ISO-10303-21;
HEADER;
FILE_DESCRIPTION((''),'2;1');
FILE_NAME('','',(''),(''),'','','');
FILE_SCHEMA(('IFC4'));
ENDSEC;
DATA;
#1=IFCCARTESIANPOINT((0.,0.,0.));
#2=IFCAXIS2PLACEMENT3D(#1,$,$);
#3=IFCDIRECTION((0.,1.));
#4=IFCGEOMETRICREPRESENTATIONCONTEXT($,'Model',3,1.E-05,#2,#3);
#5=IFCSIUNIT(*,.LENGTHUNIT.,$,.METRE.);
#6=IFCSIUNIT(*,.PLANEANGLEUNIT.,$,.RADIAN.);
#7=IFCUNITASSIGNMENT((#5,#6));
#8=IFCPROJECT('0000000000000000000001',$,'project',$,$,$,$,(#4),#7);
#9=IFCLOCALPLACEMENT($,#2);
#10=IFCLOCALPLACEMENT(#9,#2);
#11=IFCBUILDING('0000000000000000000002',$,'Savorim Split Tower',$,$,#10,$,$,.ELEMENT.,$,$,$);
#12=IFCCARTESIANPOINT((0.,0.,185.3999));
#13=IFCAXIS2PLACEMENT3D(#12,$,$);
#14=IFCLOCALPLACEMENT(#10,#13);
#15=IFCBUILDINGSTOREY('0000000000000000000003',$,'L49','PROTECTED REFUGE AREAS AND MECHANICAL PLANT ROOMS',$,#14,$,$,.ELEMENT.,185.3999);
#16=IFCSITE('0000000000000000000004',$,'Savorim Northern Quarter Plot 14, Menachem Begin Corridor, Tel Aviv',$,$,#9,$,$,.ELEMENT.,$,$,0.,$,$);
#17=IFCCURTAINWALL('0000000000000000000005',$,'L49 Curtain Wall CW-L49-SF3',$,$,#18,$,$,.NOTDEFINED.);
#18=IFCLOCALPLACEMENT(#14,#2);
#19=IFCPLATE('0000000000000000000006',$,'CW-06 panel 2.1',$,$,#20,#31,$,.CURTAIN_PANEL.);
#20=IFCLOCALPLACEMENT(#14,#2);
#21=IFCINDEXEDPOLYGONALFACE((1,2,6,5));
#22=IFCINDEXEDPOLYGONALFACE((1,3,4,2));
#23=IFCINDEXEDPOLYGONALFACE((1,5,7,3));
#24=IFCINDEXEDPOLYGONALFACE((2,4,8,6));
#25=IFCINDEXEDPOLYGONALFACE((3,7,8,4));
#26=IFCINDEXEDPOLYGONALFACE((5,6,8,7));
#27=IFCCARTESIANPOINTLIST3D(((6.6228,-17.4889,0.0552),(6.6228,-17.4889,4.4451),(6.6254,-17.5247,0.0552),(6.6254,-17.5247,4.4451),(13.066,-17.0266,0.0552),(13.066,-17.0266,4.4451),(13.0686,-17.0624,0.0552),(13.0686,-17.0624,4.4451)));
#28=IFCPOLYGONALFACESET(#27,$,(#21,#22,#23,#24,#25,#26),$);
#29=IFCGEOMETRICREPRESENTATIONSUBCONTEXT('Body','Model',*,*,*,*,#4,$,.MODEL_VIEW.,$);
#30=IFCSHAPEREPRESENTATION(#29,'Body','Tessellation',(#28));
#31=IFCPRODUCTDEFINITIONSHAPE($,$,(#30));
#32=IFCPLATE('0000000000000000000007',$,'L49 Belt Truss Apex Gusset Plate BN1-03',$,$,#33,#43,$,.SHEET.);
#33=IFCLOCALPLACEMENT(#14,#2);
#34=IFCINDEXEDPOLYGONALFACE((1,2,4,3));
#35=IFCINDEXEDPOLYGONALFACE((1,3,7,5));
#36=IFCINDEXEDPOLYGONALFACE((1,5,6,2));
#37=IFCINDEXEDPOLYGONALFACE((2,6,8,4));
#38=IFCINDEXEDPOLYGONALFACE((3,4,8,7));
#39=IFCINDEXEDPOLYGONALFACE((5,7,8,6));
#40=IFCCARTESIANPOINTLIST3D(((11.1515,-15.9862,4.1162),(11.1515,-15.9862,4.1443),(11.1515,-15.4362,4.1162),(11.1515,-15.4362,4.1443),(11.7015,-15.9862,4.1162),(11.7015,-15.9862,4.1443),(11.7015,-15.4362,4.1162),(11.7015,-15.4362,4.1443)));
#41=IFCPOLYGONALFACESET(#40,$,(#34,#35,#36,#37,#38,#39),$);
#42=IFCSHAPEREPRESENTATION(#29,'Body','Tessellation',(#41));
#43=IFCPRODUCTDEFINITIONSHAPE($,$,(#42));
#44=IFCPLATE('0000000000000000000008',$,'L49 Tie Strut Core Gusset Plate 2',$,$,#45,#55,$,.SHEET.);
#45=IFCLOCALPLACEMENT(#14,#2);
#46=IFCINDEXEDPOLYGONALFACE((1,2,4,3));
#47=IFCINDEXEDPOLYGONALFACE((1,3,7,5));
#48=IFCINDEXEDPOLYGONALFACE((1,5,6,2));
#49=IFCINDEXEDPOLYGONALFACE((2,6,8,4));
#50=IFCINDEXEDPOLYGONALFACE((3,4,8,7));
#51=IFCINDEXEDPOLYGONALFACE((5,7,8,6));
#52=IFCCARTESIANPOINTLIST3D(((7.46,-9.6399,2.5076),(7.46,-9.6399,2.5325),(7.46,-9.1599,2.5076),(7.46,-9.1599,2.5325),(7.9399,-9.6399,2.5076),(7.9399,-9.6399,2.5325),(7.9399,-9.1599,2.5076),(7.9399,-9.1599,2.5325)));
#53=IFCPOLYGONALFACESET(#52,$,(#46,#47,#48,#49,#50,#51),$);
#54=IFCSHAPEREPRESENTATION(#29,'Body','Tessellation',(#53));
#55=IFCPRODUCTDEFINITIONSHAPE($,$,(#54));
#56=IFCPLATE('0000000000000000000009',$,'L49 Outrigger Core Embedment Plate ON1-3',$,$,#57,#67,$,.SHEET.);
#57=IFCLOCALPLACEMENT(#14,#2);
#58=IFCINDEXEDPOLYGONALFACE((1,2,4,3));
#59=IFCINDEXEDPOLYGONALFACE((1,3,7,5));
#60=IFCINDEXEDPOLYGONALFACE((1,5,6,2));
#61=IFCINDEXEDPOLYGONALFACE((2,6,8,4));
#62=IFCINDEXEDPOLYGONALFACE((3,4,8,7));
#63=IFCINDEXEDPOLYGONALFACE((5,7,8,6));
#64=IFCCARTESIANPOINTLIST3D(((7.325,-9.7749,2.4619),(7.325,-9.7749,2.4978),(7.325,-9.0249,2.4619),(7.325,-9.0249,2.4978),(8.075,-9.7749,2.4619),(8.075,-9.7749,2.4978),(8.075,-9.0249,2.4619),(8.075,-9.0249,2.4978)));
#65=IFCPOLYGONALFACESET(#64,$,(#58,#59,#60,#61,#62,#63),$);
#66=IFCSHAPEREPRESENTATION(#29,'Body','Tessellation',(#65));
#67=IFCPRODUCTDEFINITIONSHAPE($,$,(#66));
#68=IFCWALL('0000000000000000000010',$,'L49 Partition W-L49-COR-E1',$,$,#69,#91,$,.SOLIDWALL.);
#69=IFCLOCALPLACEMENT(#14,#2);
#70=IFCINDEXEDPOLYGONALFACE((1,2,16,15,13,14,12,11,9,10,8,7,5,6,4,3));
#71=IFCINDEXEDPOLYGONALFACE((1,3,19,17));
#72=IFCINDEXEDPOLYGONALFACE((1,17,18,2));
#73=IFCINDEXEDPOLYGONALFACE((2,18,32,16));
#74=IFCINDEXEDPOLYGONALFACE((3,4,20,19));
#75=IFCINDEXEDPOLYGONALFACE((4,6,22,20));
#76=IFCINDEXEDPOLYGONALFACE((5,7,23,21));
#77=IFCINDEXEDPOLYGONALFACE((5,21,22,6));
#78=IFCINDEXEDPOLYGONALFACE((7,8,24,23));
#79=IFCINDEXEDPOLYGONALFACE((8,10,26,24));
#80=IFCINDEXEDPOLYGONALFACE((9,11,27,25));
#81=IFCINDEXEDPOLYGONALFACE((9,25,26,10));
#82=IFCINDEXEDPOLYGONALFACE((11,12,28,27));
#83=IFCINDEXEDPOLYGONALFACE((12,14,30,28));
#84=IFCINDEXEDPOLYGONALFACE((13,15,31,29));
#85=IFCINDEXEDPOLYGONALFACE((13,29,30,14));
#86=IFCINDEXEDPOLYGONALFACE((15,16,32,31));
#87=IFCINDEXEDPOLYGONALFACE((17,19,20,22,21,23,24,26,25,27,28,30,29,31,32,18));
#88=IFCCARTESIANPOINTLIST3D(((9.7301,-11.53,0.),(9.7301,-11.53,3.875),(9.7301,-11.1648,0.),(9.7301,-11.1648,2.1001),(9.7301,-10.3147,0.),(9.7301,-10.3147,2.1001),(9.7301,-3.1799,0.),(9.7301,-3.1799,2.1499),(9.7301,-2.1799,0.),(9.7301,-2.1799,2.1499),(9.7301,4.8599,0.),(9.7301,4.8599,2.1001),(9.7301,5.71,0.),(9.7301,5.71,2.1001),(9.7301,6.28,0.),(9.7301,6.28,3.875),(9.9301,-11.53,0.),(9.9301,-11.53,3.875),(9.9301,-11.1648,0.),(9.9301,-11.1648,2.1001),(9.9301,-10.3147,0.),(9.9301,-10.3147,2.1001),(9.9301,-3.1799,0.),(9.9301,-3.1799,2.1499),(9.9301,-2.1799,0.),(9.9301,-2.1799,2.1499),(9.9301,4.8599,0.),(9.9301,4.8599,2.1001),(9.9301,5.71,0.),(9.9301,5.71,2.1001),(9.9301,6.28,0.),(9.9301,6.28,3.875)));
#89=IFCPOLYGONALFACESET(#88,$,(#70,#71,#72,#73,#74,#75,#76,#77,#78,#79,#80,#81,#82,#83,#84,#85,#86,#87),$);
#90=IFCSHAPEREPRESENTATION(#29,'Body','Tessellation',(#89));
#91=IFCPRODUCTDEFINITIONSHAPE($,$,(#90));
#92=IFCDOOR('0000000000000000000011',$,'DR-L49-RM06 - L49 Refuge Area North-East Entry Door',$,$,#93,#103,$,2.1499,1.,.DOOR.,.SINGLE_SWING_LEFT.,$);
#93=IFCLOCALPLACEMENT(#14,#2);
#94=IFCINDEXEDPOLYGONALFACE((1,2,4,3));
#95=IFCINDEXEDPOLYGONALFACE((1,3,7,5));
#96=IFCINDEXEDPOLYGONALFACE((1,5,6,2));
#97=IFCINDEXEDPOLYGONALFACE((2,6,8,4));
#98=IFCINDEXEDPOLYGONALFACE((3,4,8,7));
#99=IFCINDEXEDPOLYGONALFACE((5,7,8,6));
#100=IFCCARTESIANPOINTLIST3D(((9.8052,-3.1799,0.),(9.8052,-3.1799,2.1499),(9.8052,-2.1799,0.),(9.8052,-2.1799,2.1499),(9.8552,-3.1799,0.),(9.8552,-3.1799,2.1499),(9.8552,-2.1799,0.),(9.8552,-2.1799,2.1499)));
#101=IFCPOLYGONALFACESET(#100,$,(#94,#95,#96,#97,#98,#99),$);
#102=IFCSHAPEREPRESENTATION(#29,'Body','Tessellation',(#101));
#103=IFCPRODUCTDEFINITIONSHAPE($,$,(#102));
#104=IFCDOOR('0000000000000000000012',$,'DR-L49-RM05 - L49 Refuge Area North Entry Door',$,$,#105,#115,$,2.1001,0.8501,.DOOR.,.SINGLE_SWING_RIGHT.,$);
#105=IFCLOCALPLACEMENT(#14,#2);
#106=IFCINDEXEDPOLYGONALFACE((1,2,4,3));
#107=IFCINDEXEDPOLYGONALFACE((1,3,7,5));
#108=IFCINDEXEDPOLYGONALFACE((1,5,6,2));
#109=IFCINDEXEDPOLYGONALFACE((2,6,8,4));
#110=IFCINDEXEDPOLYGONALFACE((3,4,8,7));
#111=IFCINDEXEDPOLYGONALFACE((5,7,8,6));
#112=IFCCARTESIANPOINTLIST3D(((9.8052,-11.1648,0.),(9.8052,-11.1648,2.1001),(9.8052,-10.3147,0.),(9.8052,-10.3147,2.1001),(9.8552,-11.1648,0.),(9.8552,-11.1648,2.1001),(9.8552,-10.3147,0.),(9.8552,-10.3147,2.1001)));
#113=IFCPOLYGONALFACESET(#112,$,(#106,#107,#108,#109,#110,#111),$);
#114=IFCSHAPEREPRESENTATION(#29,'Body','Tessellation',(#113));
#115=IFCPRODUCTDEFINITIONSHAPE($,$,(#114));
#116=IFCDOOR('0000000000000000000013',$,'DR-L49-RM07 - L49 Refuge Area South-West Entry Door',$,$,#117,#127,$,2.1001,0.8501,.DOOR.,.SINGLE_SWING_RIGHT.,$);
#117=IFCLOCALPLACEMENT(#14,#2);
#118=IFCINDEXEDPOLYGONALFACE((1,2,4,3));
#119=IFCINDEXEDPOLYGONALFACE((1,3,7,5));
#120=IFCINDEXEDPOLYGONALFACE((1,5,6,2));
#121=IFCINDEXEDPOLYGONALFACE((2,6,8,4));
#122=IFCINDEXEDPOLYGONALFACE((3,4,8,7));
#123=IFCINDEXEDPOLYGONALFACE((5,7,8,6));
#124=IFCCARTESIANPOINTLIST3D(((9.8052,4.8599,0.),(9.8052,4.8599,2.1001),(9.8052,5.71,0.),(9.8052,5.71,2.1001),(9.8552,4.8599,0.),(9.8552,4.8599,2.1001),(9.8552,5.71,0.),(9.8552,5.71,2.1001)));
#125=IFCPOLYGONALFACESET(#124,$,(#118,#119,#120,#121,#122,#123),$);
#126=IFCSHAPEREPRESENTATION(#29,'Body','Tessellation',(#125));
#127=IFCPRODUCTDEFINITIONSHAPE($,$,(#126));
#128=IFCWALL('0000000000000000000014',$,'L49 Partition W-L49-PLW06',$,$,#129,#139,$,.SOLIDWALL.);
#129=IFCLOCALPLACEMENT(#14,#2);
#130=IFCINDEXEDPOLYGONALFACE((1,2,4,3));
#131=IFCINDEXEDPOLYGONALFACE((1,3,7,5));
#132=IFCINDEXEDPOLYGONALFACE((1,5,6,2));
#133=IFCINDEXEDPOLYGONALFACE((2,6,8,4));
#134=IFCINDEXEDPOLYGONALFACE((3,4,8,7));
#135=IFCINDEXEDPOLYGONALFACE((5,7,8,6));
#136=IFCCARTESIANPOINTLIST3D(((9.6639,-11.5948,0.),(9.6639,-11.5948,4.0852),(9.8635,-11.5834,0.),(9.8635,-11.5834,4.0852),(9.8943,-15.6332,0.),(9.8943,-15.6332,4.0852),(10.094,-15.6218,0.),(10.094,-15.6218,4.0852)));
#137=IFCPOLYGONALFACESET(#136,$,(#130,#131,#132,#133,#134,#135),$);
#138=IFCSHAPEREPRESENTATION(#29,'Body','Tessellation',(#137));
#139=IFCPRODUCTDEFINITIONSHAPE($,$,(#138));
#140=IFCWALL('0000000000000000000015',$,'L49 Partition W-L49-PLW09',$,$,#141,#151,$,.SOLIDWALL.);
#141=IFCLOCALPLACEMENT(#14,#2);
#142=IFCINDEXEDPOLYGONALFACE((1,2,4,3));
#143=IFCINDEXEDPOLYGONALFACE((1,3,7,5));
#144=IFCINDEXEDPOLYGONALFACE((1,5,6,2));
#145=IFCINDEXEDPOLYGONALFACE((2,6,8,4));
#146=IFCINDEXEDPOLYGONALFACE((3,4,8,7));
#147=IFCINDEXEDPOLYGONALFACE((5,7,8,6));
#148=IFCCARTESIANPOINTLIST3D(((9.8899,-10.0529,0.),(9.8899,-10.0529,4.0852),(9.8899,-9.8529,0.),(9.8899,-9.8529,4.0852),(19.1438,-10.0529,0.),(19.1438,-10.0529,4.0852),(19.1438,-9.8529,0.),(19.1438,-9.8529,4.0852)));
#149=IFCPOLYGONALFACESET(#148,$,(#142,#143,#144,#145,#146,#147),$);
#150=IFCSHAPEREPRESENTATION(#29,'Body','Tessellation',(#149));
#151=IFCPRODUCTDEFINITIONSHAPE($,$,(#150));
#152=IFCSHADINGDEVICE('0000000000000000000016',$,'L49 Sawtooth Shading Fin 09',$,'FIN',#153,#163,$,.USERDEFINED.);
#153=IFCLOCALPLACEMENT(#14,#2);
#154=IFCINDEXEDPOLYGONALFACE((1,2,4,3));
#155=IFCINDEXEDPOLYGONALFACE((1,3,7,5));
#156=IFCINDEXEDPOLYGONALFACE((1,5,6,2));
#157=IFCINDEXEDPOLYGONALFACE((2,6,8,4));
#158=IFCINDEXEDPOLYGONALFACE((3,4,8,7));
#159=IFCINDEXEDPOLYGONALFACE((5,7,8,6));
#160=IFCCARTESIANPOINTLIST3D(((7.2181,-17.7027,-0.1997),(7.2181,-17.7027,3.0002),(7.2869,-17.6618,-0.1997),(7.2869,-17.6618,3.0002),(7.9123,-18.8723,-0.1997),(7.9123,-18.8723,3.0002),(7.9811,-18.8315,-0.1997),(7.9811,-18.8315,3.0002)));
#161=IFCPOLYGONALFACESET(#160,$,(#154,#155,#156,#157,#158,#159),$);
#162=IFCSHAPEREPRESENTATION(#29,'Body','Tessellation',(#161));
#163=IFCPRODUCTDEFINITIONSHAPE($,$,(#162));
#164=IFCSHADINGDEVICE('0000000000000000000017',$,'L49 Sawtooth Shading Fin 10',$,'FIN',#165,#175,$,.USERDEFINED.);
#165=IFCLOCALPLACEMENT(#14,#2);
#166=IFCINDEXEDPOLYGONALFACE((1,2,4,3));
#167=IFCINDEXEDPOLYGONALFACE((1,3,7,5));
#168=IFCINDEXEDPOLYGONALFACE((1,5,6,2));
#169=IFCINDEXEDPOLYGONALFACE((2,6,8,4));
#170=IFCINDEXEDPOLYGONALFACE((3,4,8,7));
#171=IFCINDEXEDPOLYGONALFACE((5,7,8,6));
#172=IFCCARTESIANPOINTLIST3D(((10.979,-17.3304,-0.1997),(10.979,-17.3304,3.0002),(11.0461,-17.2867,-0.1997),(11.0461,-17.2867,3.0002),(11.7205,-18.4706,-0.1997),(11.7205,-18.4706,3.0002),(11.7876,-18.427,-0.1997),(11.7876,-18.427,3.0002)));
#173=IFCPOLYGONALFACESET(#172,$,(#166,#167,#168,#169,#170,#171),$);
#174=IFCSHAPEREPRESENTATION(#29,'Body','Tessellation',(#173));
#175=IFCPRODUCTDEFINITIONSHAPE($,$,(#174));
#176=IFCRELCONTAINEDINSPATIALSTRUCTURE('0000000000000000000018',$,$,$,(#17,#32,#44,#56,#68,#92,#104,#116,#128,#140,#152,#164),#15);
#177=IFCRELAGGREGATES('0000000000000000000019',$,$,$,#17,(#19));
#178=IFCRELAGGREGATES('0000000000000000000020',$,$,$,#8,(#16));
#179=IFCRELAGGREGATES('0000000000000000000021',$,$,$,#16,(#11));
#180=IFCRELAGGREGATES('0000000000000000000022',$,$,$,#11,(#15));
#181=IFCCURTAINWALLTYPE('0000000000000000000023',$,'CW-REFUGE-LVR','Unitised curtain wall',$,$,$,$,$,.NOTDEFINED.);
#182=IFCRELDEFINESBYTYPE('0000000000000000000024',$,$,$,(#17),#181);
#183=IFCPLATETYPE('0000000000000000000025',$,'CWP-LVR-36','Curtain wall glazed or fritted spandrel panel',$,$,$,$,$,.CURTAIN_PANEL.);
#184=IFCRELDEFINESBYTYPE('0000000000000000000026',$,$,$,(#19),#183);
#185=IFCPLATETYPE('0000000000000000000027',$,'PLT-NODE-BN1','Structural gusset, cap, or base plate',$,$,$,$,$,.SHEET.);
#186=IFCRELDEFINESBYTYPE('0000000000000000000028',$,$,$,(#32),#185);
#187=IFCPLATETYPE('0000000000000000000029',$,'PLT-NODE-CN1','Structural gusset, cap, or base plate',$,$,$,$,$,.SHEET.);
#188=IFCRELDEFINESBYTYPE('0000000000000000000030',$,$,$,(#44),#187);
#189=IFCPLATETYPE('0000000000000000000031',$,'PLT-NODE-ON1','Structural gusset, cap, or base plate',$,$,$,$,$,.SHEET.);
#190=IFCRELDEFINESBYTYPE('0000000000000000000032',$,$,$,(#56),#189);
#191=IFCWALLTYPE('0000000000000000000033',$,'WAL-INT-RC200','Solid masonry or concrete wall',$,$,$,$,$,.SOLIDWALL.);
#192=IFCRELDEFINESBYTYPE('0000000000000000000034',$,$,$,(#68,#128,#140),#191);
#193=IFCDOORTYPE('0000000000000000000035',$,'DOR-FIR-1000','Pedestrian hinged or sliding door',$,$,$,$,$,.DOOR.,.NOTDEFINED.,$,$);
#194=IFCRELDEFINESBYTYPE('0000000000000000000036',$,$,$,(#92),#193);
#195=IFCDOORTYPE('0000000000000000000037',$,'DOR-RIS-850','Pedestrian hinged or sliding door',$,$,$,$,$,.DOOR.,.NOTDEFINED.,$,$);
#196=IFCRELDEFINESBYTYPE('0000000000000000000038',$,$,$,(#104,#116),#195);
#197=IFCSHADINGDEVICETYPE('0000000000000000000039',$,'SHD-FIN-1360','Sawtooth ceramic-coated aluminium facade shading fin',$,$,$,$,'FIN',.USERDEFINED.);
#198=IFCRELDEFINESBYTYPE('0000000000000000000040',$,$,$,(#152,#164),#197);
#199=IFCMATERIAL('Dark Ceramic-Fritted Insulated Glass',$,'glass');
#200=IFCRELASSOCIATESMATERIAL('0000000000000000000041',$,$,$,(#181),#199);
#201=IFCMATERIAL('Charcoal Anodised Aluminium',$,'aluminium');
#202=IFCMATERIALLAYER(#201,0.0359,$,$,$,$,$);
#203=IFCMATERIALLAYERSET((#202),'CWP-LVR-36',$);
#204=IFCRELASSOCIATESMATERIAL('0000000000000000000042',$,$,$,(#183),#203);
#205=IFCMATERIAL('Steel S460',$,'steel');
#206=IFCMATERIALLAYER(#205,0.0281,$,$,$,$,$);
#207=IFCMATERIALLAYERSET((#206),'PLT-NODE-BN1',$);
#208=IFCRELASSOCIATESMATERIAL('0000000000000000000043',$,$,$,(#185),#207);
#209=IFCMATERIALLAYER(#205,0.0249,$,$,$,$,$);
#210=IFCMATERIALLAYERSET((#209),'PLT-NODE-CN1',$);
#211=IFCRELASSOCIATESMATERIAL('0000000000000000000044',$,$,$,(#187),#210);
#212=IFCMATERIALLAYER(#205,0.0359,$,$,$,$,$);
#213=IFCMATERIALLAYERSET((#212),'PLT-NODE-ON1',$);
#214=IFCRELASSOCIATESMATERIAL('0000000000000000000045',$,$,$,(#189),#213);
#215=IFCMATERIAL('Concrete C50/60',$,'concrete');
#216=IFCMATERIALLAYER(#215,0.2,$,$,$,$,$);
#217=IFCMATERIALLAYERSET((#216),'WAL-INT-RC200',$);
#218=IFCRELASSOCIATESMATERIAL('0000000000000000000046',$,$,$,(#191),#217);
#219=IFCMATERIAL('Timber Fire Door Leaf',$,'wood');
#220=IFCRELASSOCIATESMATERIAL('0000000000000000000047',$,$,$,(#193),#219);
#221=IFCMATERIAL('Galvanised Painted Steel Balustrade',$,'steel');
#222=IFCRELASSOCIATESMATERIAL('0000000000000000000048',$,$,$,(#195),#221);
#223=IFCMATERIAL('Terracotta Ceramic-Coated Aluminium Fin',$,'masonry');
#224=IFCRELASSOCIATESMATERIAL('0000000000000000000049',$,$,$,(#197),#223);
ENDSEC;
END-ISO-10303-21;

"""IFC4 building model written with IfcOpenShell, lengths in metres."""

from ifc_helpers import new_model, si_unit, direction, frame, frame_2d, origin, origin_2d, place, context, subcontext, project, spatial, rectangle, extrude, material, layer, layer_set, type_object, element, fill, aggregate, save


model = new_model("IFC4")

# Units and contexts
model_context = context("Model", 3, precision=1e-05, world=origin(), true_north=direction((0.0, 1.0)))
body_context = subcontext(model_context, "Body", "Model", "MODEL_VIEW")
ifc_project = project(units=[si_unit("LENGTHUNIT", "METRE"), si_unit("PLANEANGLEUNIT", "RADIAN")], contexts=[model_context])

# Site, building, storey
site_placement = place(None, origin())
site = spatial("IfcSite", under=ifc_project, at=site_placement, Name="Savorim Northern Quarter Plot 14, Menachem Begin Corridor, Tel Aviv", CompositionType="ELEMENT", RefElevation=0.0)
building_placement = place(site_placement, origin())
building = spatial("IfcBuilding", under=site, at=building_placement, Name="Savorim Split Tower", CompositionType="ELEMENT")
storey_placement = place(building_placement, frame((0.0, 0.0, 185.3999)))
storey = spatial("IfcBuildingStorey", under=building, at=storey_placement, Name="L49", Description="PROTECTED REFUGE AREAS AND MECHANICAL PLANT ROOMS", CompositionType="ELEMENT", Elevation=185.3999)

# Shared definitions
ifc_material_1 = material(Name="Steel S460", Category="steel")

# Curtain wall
ifc_material_2 = material(Name="Dark Ceramic-Fritted Insulated Glass", Category="glass")
curtain_wall_type = type_object("IfcCurtainWallType", Name="CW-REFUGE-LVR", Description="Unitised curtain wall", PredefinedType="NOTDEFINED", material=ifc_material_2)
curtain_wall_placement = place(storey_placement, origin())
curtain_wall = element("IfcCurtainWall", 1, at=curtain_wall_placement, inside=storey, type_object=curtain_wall_type, Name="L49 Curtain Wall CW-L49-SF3", PredefinedType="NOTDEFINED")
ifc_material_3 = material(Name="Charcoal Anodised Aluminium", Category="aluminium")

# Plate
ifc_layer_1 = layer(ifc_material_3, 0.0359)
ifc_layer_set_1 = layer_set([ifc_layer_1], Name="CWP-LVR-36")
plate_type_1 = type_object("IfcPlateType", Name="CWP-LVR-36", Description="Curtain wall glazed or fritted spandrel panel", PredefinedType="CURTAIN_PANEL", material=ifc_layer_set_1)
plate_1_placement = place(storey_placement, frame((9.8457, -17.2756, 0.0552), z_axis=(0.0, 0.0, 1.0), x_axis=(0.997436, 0.071562, 0.0)))
plate_1 = element("IfcPlate", 2, at=plate_1_placement, type_object=plate_type_1, Name="CW-06 panel 2.1", PredefinedType="CURTAIN_PANEL", context=body_context, shape_type="SweptSolid", body=[
    extrude(rectangle(XDim=6.4597, YDim=0.0359, at=origin_2d()), origin(), (0.0, 0.0, 1.0), 4.3899),
])
aggregate(curtain_wall, [plate_1])

# Plates
ifc_layer_2 = layer(ifc_material_1, 0.0281)
ifc_layer_set_2 = layer_set([ifc_layer_2], Name="PLT-NODE-BN1")
plate_type_2 = type_object("IfcPlateType", Name="PLT-NODE-BN1", Description="Structural gusset, cap, or base plate", PredefinedType="SHEET", material=ifc_layer_set_2)
plate_2_placement = place(storey_placement, frame((11.4265, -15.7112, 4.1162), z_axis=(0.0, 0.0, 1.0), x_axis=(1.0, 0.0, 0.0)))
element("IfcPlate", 3, at=plate_2_placement, inside=storey, type_object=plate_type_2, Name="L49 Belt Truss Apex Gusset Plate BN1-03", PredefinedType="SHEET", context=body_context, shape_type="SweptSolid", body=[
    extrude(rectangle(XDim=0.55, YDim=0.55, at=origin_2d()), origin(), (0.0, 0.0, 1.0), 0.0281),
])
ifc_layer_3 = layer(ifc_material_1, 0.0249)
ifc_layer_set_3 = layer_set([ifc_layer_3], Name="PLT-NODE-CN1")
plate_type_3 = type_object("IfcPlateType", Name="PLT-NODE-CN1", Description="Structural gusset, cap, or base plate", PredefinedType="SHEET", material=ifc_layer_set_3)
plate_3_placement = place(storey_placement, frame((7.7, -9.3999, 2.5076), z_axis=(0.0, 0.0, 1.0), x_axis=(1.0, 0.0, 0.0)))
element("IfcPlate", 4, at=plate_3_placement, inside=storey, type_object=plate_type_3, Name="L49 Tie Strut Core Gusset Plate 2", PredefinedType="SHEET", context=body_context, shape_type="SweptSolid", body=[
    extrude(rectangle(XDim=0.48, YDim=0.48, at=origin_2d()), origin(), (0.0, 0.0, 1.0), 0.0249),
])
ifc_layer_4 = layer(ifc_material_1, 0.0359)
ifc_layer_set_4 = layer_set([ifc_layer_4], Name="PLT-NODE-ON1")
plate_type_4 = type_object("IfcPlateType", Name="PLT-NODE-ON1", Description="Structural gusset, cap, or base plate", PredefinedType="SHEET", material=ifc_layer_set_4)
plate_4_placement = place(storey_placement, frame((7.7, -9.3999, 2.4619), z_axis=(0.0, 0.0, 1.0), x_axis=(1.0, 0.0, 0.0)))
element("IfcPlate", 5, at=plate_4_placement, inside=storey, type_object=plate_type_4, Name="L49 Outrigger Core Embedment Plate ON1-3", PredefinedType="SHEET", context=body_context, shape_type="SweptSolid", body=[
    extrude(rectangle(XDim=0.75, YDim=0.75, at=origin_2d()), origin(), (0.0, 0.0, 1.0), 0.0359),
])

# Wall, openings, doors
ifc_material_4 = material(Name="Concrete C50/60", Category="concrete")
ifc_layer_5 = layer(ifc_material_4, 0.2)
ifc_layer_set_5 = layer_set([ifc_layer_5], Name="WAL-INT-RC200")
wall_type = type_object("IfcWallType", Name="WAL-INT-RC200", Description="Solid masonry or concrete wall", PredefinedType="SOLIDWALL", material=ifc_layer_set_5)
wall_1_placement = place(storey_placement, frame((9.8301, -11.53, 0.0), z_axis=(0.0, 0.0, 1.0), x_axis=(0.0, 1.0, 0.0)))
wall_1 = element("IfcWall", 6, at=wall_1_placement, inside=storey, type_object=wall_type, Name="L49 Partition W-L49-COR-E1", PredefinedType="SOLIDWALL", context=body_context, shape_type="SweptSolid", body=[
    extrude(rectangle(XDim=17.8101, YDim=0.2, at=frame_2d((8.905, 0.0))), origin(), (0.0, 0.0, 1.0), 3.875),
])
opening_1_placement = place(wall_1_placement, frame((0.3652, 0.0, 0.0)))
opening_1 = element("IfcOpeningElement", 7, at=opening_1_placement, cuts=wall_1, PredefinedType="OPENING", context=body_context, shape_type="SweptSolid", body=[
    extrude(rectangle(XDim=0.8501, YDim=2.1001, at=frame_2d((0.425, 1.05))), frame((0.0, 0.1099, 0.0), z_axis=(0.0, -1.0, 0.0), x_axis=(1.0, 0.0, 0.0)), (0.0, 0.0, 1.0), 0.22),
])
opening_2_placement = place(wall_1_placement, frame((8.3501, 0.0, 0.0)))
opening_2 = element("IfcOpeningElement", 8, at=opening_2_placement, cuts=wall_1, PredefinedType="OPENING", context=body_context, shape_type="SweptSolid", body=[
    extrude(rectangle(XDim=1.0, YDim=2.1499, at=frame_2d((0.5, 1.075))), frame((0.0, 0.1099, 0.0), z_axis=(0.0, -1.0, 0.0), x_axis=(1.0, 0.0, 0.0)), (0.0, 0.0, 1.0), 0.22),
])
opening_3_placement = place(wall_1_placement, frame((16.3899, 0.0, 0.0)))
opening_3 = element("IfcOpeningElement", 9, at=opening_3_placement, cuts=wall_1, PredefinedType="OPENING", context=body_context, shape_type="SweptSolid", body=[
    extrude(rectangle(XDim=0.8501, YDim=2.1001, at=frame_2d((0.425, 1.05))), frame((0.0, 0.1099, 0.0), z_axis=(0.0, -1.0, 0.0), x_axis=(1.0, 0.0, 0.0)), (0.0, 0.0, 1.0), 0.22),
])
ifc_material_5 = material(Name="Timber Fire Door Leaf", Category="wood")
door_type_1 = type_object("IfcDoorType", Name="DOR-FIR-1000", Description="Pedestrian hinged or sliding door", OperationType="NOTDEFINED", PredefinedType="DOOR", material=ifc_material_5)
door_1_placement = place(opening_2_placement, origin())
door_1 = element("IfcDoor", 10, at=door_1_placement, inside=storey, type_object=door_type_1, Name="DR-L49-RM06 - L49 Refuge Area North-East Entry Door", OperationType="SINGLE_SWING_LEFT", OverallHeight=2.1499, OverallWidth=1.0, PredefinedType="DOOR", context=body_context, shape_type="SweptSolid", body=[
    extrude(rectangle(XDim=1.0, YDim=2.1499, at=frame_2d((0.5, 1.075))), frame((0.0, 0.0249, 0.0), z_axis=(0.0, -1.0, 0.0), x_axis=(1.0, 0.0, 0.0)), (0.0, 0.0, 1.0), 0.05),
])
fill(opening_2, door_1)
ifc_material_6 = material(Name="Galvanised Painted Steel Balustrade", Category="steel")
door_type_2 = type_object("IfcDoorType", Name="DOR-RIS-850", Description="Pedestrian hinged or sliding door", OperationType="NOTDEFINED", PredefinedType="DOOR", material=ifc_material_6)
door_2_placement = place(opening_1_placement, origin())
door_2 = element("IfcDoor", 11, at=door_2_placement, inside=storey, type_object=door_type_2, Name="DR-L49-RM05 - L49 Refuge Area North Entry Door", OperationType="SINGLE_SWING_RIGHT", OverallHeight=2.1001, OverallWidth=0.8501, PredefinedType="DOOR", context=body_context, shape_type="SweptSolid", body=[
    extrude(rectangle(XDim=0.8501, YDim=2.1001, at=frame_2d((0.425, 1.05))), frame((0.0, 0.0249, 0.0), z_axis=(0.0, -1.0, 0.0), x_axis=(1.0, 0.0, 0.0)), (0.0, 0.0, 1.0), 0.05),
])
fill(opening_1, door_2)
door_3_placement = place(opening_3_placement, origin())
door_3 = element("IfcDoor", 12, at=door_3_placement, inside=storey, type_object=door_type_2, Name="DR-L49-RM07 - L49 Refuge Area South-West Entry Door", OperationType="SINGLE_SWING_RIGHT", OverallHeight=2.1001, OverallWidth=0.8501, PredefinedType="DOOR", context=body_context, shape_type="SweptSolid", body=[
    extrude(rectangle(XDim=0.8501, YDim=2.1001, at=frame_2d((0.425, 1.05))), frame((0.0, 0.0249, 0.0), z_axis=(0.0, -1.0, 0.0), x_axis=(1.0, 0.0, 0.0)), (0.0, 0.0, 1.0), 0.05),
])
fill(opening_3, door_3)

# Walls
wall_2_placement = place(storey_placement, frame((9.7637, -11.5891, 0.0), z_axis=(0.0, 0.0, 1.0), x_axis=(0.056978, -0.998375, 0.0)))
element("IfcWall", 13, at=wall_2_placement, inside=storey, type_object=wall_type, Name="L49 Partition W-L49-PLW06", PredefinedType="SOLIDWALL", context=body_context, shape_type="SweptSolid", body=[
    extrude(rectangle(XDim=4.0449, YDim=0.2, at=frame_2d((2.0225, 0.0))), origin(), (0.0, 0.0, 1.0), 4.0852),
])
wall_3_placement = place(storey_placement, frame((9.8899, -9.9529, 0.0), z_axis=(0.0, 0.0, 1.0), x_axis=(1.0, 0.0, 0.0)))
element("IfcWall", 14, at=wall_3_placement, inside=storey, type_object=wall_type, Name="L49 Partition W-L49-PLW09", PredefinedType="SOLIDWALL", context=body_context, shape_type="SweptSolid", body=[
    extrude(rectangle(XDim=9.2539, YDim=0.2, at=frame_2d((4.627, 0.0))), origin(), (0.0, 0.0, 1.0), 4.0852),
])

# Shading devices
ifc_material_7 = material(Name="Terracotta Ceramic-Coated Aluminium Fin", Category="masonry")
shading_device_type = type_object("IfcShadingDeviceType", Name="SHD-FIN-1360", Description="Sawtooth ceramic-coated aluminium facade shading fin", ElementType="FIN", PredefinedType="USERDEFINED", material=ifc_material_7)
for number, where, z_axis, x_axis, name in (
    (15, (7.5996, -18.2671, -0.1997), (0.0, 0.0, 1.0), (0.510391, -0.859942, 0.0), "L49 Sawtooth Shading Fin 09"),
    (16, (11.3833, -17.8787, -0.1997), (0.0, 0.0, 1.0), (0.545148, -0.83834, 0.0), "L49 Sawtooth Shading Fin 10"),
):
    element("IfcShadingDevice", number, at=place(storey_placement, frame(where, z_axis=z_axis, x_axis=x_axis)), inside=storey, type_object=shading_device_type, Name=name, ObjectType="FIN", PredefinedType="USERDEFINED", context=body_context, shape_type="SweptSolid", body=[
        extrude(rectangle(XDim=1.3601, YDim=0.0801, at=origin_2d()), origin(), (0.0, 0.0, 1.0), 3.2),
    ])

save(model, "model.ifc")
